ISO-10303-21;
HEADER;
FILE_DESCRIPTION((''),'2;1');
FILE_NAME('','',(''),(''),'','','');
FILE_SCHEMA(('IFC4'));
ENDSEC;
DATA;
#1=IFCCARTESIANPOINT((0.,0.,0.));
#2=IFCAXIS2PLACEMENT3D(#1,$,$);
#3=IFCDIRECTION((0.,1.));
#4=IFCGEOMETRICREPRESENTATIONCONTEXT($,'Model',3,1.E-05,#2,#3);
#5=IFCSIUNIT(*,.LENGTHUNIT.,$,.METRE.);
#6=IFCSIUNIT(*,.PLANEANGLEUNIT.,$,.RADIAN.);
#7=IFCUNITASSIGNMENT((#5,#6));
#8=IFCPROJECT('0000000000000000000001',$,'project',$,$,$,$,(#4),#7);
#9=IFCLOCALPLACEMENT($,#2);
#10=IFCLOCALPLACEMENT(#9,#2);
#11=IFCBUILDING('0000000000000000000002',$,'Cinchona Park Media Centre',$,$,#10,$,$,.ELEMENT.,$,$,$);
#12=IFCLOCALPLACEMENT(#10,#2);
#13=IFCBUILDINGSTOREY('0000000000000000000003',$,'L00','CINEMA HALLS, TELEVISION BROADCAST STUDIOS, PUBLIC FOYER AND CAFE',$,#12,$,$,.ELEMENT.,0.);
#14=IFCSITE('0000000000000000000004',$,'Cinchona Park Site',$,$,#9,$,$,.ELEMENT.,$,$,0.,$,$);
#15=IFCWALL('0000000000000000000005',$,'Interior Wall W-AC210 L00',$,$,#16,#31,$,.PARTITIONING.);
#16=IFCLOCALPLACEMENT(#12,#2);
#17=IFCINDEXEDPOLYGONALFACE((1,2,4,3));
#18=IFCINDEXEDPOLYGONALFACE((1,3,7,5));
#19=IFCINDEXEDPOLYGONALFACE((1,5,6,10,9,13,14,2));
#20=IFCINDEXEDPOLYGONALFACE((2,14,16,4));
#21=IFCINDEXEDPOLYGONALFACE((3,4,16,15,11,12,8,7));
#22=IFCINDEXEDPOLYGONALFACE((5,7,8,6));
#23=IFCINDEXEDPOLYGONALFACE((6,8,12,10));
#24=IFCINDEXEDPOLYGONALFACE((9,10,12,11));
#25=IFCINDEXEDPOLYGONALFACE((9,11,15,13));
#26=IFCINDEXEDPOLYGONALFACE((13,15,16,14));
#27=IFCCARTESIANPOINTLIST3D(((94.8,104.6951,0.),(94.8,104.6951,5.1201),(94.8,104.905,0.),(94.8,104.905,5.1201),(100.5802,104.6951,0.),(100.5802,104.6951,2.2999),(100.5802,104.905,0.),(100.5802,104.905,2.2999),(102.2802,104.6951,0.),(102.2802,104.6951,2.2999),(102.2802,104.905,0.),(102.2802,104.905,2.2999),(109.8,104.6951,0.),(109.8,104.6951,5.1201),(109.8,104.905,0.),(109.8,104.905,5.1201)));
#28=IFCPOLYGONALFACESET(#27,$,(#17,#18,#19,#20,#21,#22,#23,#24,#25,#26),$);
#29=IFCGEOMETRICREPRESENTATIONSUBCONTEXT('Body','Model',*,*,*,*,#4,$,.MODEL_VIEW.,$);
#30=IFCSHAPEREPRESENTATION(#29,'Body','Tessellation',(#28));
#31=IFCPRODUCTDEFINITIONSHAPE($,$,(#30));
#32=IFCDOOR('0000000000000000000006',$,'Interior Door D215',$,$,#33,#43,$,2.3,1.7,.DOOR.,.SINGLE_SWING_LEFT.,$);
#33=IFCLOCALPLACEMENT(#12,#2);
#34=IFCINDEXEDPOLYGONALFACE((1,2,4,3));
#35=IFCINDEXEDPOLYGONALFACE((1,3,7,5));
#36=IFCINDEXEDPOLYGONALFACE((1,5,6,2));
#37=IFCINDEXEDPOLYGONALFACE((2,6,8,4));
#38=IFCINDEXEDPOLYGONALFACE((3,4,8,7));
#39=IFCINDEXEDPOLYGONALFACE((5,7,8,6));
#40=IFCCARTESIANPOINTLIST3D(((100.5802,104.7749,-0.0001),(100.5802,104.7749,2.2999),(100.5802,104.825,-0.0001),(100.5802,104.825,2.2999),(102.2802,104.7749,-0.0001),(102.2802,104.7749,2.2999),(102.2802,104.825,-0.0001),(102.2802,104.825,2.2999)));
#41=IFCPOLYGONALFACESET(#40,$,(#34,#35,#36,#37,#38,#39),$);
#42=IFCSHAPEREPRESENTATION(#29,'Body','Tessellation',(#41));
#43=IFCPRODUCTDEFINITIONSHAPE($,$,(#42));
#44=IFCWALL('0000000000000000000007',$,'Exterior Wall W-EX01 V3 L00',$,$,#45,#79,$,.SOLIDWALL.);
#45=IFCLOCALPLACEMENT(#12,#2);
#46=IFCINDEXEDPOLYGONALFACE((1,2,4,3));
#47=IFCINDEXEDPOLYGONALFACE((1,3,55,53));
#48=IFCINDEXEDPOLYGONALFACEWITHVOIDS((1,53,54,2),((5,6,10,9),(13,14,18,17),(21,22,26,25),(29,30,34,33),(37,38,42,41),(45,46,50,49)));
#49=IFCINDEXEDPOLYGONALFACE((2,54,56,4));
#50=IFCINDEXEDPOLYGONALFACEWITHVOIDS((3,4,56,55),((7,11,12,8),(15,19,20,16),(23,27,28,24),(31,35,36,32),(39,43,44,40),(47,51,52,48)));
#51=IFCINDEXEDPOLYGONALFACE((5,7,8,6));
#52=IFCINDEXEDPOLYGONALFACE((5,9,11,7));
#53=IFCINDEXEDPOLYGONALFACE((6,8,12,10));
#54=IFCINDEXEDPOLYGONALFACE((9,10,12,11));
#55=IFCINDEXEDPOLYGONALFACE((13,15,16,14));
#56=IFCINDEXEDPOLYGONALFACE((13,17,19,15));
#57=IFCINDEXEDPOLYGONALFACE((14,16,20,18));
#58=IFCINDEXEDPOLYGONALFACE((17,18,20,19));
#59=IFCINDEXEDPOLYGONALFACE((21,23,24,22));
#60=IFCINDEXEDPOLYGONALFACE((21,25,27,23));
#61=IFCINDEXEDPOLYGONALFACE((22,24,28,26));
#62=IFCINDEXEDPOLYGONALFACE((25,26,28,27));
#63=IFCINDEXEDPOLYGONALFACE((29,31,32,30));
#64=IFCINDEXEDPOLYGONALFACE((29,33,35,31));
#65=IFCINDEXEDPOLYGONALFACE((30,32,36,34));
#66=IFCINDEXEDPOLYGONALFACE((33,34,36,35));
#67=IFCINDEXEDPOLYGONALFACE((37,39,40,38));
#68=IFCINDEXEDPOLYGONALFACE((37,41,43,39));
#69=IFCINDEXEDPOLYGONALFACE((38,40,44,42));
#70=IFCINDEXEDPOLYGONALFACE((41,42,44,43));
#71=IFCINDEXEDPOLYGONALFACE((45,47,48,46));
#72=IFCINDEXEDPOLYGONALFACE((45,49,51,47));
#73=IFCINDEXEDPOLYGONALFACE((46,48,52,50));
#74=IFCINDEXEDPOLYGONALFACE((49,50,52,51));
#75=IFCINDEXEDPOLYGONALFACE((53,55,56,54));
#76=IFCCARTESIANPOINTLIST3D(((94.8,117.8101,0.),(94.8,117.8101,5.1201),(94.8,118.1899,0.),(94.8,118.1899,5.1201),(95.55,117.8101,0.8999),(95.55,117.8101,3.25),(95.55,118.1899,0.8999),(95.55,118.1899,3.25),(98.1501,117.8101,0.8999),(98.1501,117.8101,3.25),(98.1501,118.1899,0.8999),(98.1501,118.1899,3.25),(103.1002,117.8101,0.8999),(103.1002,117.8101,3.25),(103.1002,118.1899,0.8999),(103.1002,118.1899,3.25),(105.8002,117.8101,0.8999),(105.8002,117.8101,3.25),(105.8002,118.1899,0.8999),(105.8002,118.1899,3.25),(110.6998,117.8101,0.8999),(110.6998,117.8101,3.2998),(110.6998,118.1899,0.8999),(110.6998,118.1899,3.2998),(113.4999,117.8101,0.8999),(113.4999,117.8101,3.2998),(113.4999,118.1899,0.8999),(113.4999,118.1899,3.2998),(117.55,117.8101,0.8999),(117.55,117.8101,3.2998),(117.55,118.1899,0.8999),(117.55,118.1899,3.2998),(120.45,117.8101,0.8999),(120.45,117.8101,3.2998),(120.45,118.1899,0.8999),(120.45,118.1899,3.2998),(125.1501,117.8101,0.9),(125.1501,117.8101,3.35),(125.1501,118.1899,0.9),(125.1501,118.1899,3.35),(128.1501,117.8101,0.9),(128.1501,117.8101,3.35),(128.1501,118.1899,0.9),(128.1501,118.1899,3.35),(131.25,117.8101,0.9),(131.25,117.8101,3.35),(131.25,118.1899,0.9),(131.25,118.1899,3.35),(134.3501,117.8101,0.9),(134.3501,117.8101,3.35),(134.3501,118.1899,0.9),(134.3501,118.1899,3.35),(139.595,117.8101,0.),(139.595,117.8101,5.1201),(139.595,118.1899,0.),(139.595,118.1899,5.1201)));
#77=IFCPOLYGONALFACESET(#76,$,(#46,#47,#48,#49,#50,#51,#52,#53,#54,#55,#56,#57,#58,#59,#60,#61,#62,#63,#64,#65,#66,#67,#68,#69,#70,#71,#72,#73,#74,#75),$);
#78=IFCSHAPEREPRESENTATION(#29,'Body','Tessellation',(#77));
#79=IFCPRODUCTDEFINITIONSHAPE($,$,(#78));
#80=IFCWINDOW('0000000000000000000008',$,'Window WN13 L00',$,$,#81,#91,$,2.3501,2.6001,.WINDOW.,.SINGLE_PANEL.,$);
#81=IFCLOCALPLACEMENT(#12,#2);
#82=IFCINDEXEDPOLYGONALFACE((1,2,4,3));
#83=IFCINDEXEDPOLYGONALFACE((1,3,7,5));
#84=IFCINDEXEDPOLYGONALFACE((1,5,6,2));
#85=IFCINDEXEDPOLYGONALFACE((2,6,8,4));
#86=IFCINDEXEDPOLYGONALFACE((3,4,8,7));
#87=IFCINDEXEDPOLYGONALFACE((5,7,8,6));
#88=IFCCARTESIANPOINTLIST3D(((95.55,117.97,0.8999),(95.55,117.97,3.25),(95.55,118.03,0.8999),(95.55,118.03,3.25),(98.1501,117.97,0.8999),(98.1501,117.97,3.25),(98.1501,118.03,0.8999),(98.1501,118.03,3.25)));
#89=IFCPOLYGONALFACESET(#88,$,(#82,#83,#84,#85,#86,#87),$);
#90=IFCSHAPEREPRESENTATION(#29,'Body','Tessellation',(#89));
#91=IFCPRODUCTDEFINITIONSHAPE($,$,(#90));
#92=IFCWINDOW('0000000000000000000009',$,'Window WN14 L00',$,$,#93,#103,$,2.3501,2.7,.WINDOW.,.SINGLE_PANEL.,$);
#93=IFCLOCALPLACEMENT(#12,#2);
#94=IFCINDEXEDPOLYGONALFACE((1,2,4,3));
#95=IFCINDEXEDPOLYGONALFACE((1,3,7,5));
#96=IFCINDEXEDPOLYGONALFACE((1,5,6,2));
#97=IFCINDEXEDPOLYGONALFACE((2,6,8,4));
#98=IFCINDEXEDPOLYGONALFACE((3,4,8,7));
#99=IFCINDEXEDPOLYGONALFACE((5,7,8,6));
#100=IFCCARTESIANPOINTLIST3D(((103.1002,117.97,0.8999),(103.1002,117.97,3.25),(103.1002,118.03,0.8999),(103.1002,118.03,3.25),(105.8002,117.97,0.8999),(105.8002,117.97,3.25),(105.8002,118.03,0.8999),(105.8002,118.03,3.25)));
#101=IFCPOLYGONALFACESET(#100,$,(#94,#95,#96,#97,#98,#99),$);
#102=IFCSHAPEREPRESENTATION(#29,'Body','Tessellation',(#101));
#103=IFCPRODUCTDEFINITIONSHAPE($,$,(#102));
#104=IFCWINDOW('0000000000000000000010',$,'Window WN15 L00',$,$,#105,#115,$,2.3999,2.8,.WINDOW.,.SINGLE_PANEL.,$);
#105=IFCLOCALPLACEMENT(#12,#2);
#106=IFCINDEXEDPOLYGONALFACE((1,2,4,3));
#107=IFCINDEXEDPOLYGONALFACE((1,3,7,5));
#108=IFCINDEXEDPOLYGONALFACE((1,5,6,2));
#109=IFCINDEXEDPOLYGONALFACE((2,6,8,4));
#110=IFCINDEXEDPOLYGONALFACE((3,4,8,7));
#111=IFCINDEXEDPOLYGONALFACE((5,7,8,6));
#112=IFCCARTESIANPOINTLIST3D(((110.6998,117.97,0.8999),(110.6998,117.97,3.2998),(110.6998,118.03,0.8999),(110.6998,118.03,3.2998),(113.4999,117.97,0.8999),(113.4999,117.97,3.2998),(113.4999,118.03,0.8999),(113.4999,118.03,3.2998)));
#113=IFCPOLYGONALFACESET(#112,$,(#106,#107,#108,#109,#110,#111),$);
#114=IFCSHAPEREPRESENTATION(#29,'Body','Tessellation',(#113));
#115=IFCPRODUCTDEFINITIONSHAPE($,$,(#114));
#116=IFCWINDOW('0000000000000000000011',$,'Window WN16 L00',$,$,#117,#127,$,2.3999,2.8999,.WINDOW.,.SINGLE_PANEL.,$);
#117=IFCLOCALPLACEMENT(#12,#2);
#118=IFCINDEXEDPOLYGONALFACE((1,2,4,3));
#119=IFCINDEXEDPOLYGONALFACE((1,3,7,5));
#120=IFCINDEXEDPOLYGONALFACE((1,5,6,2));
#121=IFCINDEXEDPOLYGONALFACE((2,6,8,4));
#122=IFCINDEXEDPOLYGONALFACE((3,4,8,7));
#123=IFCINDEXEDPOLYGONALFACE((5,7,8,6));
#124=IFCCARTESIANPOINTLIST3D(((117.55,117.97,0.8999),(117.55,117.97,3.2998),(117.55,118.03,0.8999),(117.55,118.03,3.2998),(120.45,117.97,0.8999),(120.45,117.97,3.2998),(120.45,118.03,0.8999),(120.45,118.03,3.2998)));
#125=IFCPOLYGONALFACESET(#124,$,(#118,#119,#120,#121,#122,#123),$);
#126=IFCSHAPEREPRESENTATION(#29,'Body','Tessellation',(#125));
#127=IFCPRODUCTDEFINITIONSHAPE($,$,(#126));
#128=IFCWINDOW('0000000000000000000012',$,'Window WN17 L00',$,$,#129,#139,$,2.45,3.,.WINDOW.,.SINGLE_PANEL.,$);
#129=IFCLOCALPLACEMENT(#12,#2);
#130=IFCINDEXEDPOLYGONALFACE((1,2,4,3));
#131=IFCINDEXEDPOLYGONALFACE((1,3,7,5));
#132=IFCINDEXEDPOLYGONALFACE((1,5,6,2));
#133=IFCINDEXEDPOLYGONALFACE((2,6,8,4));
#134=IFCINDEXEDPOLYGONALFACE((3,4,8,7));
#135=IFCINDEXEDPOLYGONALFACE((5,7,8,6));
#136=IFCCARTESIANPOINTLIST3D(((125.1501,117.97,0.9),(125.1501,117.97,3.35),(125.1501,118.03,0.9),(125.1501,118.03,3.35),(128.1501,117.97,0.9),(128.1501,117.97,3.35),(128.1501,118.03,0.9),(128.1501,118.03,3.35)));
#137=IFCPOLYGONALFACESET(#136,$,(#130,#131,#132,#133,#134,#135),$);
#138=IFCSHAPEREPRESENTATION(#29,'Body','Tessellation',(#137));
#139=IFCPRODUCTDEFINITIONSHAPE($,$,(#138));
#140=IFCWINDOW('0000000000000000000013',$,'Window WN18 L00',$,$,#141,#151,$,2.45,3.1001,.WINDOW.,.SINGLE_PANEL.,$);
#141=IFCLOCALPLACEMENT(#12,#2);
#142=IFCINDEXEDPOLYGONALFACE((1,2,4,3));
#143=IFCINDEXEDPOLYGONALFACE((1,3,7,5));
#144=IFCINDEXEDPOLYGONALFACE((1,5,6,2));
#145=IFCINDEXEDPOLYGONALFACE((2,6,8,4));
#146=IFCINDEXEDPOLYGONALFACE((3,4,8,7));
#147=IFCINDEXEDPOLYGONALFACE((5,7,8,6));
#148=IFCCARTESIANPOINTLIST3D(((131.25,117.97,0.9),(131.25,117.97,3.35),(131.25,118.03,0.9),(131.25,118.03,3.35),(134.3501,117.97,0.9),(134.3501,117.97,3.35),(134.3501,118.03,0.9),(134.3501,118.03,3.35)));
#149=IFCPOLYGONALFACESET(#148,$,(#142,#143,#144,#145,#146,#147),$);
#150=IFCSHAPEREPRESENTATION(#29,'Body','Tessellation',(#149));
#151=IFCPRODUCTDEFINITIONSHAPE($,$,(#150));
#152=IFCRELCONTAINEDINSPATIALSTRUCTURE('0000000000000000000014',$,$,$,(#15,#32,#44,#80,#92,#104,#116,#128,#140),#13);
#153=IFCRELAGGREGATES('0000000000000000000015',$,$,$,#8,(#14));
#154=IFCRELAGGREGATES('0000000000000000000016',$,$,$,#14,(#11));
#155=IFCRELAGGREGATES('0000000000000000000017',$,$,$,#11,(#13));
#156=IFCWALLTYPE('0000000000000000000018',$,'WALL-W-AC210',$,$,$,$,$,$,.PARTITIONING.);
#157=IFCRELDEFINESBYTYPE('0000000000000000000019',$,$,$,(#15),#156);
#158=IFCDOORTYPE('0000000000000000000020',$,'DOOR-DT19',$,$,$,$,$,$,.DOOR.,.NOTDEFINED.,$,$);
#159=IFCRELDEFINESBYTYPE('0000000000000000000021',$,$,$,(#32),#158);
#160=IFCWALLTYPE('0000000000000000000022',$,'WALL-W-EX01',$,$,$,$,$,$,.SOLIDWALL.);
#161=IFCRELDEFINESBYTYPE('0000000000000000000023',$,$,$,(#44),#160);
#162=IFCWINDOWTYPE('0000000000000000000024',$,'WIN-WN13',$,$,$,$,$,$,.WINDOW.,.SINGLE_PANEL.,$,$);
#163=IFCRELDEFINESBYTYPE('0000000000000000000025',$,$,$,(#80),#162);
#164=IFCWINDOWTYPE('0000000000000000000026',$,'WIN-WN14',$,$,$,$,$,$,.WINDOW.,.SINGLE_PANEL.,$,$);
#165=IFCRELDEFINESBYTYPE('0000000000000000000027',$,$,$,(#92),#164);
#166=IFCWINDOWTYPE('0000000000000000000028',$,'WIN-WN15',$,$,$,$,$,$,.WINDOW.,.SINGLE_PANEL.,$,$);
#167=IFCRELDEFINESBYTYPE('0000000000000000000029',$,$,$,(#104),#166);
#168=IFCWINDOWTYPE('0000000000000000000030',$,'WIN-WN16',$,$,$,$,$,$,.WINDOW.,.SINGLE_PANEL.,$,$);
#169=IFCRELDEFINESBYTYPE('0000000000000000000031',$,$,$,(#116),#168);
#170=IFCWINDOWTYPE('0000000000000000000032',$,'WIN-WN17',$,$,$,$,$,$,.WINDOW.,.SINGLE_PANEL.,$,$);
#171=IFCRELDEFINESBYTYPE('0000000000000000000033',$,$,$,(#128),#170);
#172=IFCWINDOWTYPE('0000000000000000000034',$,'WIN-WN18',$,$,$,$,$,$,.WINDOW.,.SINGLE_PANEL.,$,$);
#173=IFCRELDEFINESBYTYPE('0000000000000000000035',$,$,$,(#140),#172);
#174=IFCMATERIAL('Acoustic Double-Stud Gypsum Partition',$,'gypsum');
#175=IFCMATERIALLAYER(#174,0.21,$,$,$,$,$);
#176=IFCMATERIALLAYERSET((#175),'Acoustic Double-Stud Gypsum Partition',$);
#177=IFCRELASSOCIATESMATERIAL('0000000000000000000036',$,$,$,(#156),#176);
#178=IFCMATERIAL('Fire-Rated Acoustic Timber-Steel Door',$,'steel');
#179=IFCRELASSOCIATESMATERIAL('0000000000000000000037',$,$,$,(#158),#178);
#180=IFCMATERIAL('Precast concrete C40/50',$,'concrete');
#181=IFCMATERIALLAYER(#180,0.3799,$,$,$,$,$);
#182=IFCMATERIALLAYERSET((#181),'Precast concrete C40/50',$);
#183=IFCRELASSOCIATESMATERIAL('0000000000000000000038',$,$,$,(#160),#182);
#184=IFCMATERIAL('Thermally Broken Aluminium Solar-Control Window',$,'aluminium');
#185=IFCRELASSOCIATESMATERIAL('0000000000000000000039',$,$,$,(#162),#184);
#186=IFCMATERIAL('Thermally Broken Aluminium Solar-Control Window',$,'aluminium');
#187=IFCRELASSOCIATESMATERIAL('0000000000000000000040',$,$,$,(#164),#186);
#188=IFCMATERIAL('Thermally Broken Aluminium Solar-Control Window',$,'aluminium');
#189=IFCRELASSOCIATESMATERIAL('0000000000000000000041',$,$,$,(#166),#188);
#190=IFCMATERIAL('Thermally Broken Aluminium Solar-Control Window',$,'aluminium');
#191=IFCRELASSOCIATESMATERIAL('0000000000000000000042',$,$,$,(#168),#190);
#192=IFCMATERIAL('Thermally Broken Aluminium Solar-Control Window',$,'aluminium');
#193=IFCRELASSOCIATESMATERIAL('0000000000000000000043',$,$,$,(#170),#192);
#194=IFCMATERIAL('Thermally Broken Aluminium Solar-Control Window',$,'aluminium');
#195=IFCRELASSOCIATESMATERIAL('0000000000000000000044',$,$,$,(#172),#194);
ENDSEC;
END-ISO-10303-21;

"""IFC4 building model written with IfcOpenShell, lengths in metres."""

from ifc_helpers import new_model, si_unit, direction, frame, frame_2d, origin, place, context, subcontext, project, spatial, rectangle, extrude, material, layer, layer_set, type_object, element, fill, save


model = new_model("IFC4")

# Units and contexts
model_context = context("Model", 3, precision=1e-05, world=origin(), true_north=direction((0.0, 1.0)))
body_context = subcontext(model_context, "Body", "Model", "MODEL_VIEW")
ifc_project = project(units=[si_unit("LENGTHUNIT", "METRE"), si_unit("PLANEANGLEUNIT", "RADIAN")], contexts=[model_context])

# Site, building, storey
site_placement = place(None, origin())
site = spatial("IfcSite", under=ifc_project, at=site_placement, Name="Cinchona Park Site", CompositionType="ELEMENT", RefElevation=0.0)
building_placement = place(site_placement, origin())
building = spatial("IfcBuilding", under=site, at=building_placement, Name="Cinchona Park Media Centre", CompositionType="ELEMENT")
storey_placement = place(building_placement, origin())
storey = spatial("IfcBuildingStorey", under=building, at=storey_placement, Name="L00", Description="CINEMA HALLS, TELEVISION BROADCAST STUDIOS, PUBLIC FOYER AND CAFE", CompositionType="ELEMENT", Elevation=0.0)

# Wall, opening, door
ifc_material_1 = material(Name="Acoustic Double-Stud Gypsum Partition", Category="gypsum")
ifc_layer_1 = layer(ifc_material_1, 0.21)
ifc_layer_set_1 = layer_set([ifc_layer_1], Name="Acoustic Double-Stud Gypsum Partition")
wall_type_1 = type_object("IfcWallType", Name="WALL-W-AC210", PredefinedType="PARTITIONING", material=ifc_layer_set_1)
wall_1_placement = place(storey_placement, frame((94.8, 104.8, 0.0), z_axis=(0.0, 0.0, 1.0), x_axis=(1.0, 0.0, 0.0)))
wall_1 = element("IfcWall", 1, at=wall_1_placement, inside=storey, type_object=wall_type_1, Name="Interior Wall W-AC210 L00", PredefinedType="PARTITIONING", context=body_context, shape_type="SweptSolid", body=[
    extrude(rectangle(XDim=15.0, YDim=0.21, at=frame_2d((7.5, 0.0))), origin(), (0.0, 0.0, 1.0), 5.1201),
])
opening_1_placement = place(wall_1_placement, frame((5.78, 0.0, 0.0)))
opening_1 = element("IfcOpeningElement", 2, at=opening_1_placement, cuts=wall_1, PredefinedType="OPENING", context=body_context, shape_type="SweptSolid", body=[
    extrude(rectangle(XDim=1.7, YDim=2.3, at=frame_2d((0.8501, 1.1499))), frame((0.0, 0.115, 0.0), z_axis=(0.0, -1.0, 0.0), x_axis=(1.0, 0.0, 0.0)), (0.0, 0.0, 1.0), 0.23),
])
ifc_material_2 = material(Name="Fire-Rated Acoustic Timber-Steel Door", Category="steel")
door_type = type_object("IfcDoorType", Name="DOOR-DT19", OperationType="NOTDEFINED", PredefinedType="DOOR", material=ifc_material_2)
door_placement = place(opening_1_placement, origin())
door = element("IfcDoor", 3, at=door_placement, inside=storey, type_object=door_type, Name="Interior Door D215", OperationType="SINGLE_SWING_LEFT", OverallHeight=2.3, OverallWidth=1.7, PredefinedType="DOOR", context=body_context, shape_type="SweptSolid", body=[
    extrude(rectangle(XDim=1.7, YDim=2.3, at=frame_2d((0.8501, 1.1499))), frame((0.0, 0.0249, 0.0), z_axis=(0.0, -1.0, 0.0), x_axis=(1.0, 0.0, 0.0)), (0.0, 0.0, 1.0), 0.05),
])
fill(opening_1, door)

# Wall, openings, windows
ifc_material_3 = material(Name="Precast concrete C40/50", Category="concrete")
ifc_layer_2 = layer(ifc_material_3, 0.3799)
ifc_layer_set_2 = layer_set([ifc_layer_2], Name="Precast concrete C40/50")
wall_type_2 = type_object("IfcWallType", Name="WALL-W-EX01", PredefinedType="SOLIDWALL", material=ifc_layer_set_2)
wall_2_placement = place(storey_placement, frame((94.8, 118.0, 0.0), z_axis=(0.0, 0.0, 1.0), x_axis=(1.0, 0.0, 0.0)))
wall_2 = element("IfcWall", 4, at=wall_2_placement, inside=storey, type_object=wall_type_2, Name="Exterior Wall W-EX01 V3 L00", PredefinedType="SOLIDWALL", context=body_context, shape_type="SweptSolid", body=[
    extrude(rectangle(XDim=44.7949, YDim=0.3799, at=frame_2d((22.3975, 0.0))), origin(), (0.0, 0.0, 1.0), 5.1201),
])
opening_2_placement = place(wall_2_placement, frame((0.75, 0.0, 0.8999)))
opening_2 = element("IfcOpeningElement", 5, at=opening_2_placement, cuts=wall_2, PredefinedType="OPENING", context=body_context, shape_type="SweptSolid", body=[
    extrude(rectangle(XDim=2.6001, YDim=2.3501, at=frame_2d((1.3, 1.175))), frame((0.0, 0.2, 0.0), z_axis=(0.0, -1.0, 0.0), x_axis=(1.0, 0.0, 0.0)), (0.0, 0.0, 1.0), 0.3999),
])
opening_3_placement = place(wall_2_placement, frame((8.3, 0.0, 0.8999)))
opening_3 = element("IfcOpeningElement", 6, at=opening_3_placement, cuts=wall_2, PredefinedType="OPENING", context=body_context, shape_type="SweptSolid", body=[
    extrude(rectangle(XDim=2.7, YDim=2.3501, at=frame_2d((1.3501, 1.175))), frame((0.0, 0.2, 0.0), z_axis=(0.0, -1.0, 0.0), x_axis=(1.0, 0.0, 0.0)), (0.0, 0.0, 1.0), 0.3999),
])
opening_4_placement = place(wall_2_placement, frame((15.8999, 0.0, 0.8999)))
opening_4 = element("IfcOpeningElement", 7, at=opening_4_placement, cuts=wall_2, PredefinedType="OPENING", context=body_context, shape_type="SweptSolid", body=[
    extrude(rectangle(XDim=2.8, YDim=2.3999, at=frame_2d((1.3999, 1.2))), frame((0.0, 0.2, 0.0), z_axis=(0.0, -1.0, 0.0), x_axis=(1.0, 0.0, 0.0)), (0.0, 0.0, 1.0), 0.3999),
])
opening_5_placement = place(wall_2_placement, frame((22.75, 0.0, 0.8999)))
opening_5 = element("IfcOpeningElement", 8, at=opening_5_placement, cuts=wall_2, PredefinedType="OPENING", context=body_context, shape_type="SweptSolid", body=[
    extrude(rectangle(XDim=2.8999, YDim=2.3999, at=frame_2d((1.45, 1.2))), frame((0.0, 0.2, 0.0), z_axis=(0.0, -1.0, 0.0), x_axis=(1.0, 0.0, 0.0)), (0.0, 0.0, 1.0), 0.3999),
])
opening_6_placement = place(wall_2_placement, frame((30.3501, 0.0, 0.8999)))
opening_6 = element("IfcOpeningElement", 9, at=opening_6_placement, cuts=wall_2, PredefinedType="OPENING", context=body_context, shape_type="SweptSolid", body=[
    extrude(rectangle(XDim=3.0, YDim=2.45, at=frame_2d((1.5, 1.2251))), frame((0.0, 0.2, 0.0), z_axis=(0.0, -1.0, 0.0), x_axis=(1.0, 0.0, 0.0)), (0.0, 0.0, 1.0), 0.3999),
])
opening_7_placement = place(wall_2_placement, frame((36.45, 0.0, 0.8999)))
opening_7 = element("IfcOpeningElement", 10, at=opening_7_placement, cuts=wall_2, PredefinedType="OPENING", context=body_context, shape_type="SweptSolid", body=[
    extrude(rectangle(XDim=3.1001, YDim=2.45, at=frame_2d((1.55, 1.2251))), frame((0.0, 0.2, 0.0), z_axis=(0.0, -1.0, 0.0), x_axis=(1.0, 0.0, 0.0)), (0.0, 0.0, 1.0), 0.3999),
])
ifc_material_4 = material(Name="Thermally Broken Aluminium Solar-Control Window", Category="aluminium")
window_type_1 = type_object("IfcWindowType", Name="WIN-WN13", PartitioningType="SINGLE_PANEL", PredefinedType="WINDOW", material=ifc_material_4)
window_1_placement = place(opening_2_placement, origin())
window_1 = element("IfcWindow", 11, at=window_1_placement, inside=storey, type_object=window_type_1, Name="Window WN13 L00", OverallHeight=2.3501, OverallWidth=2.6001, PartitioningType="SINGLE_PANEL", PredefinedType="WINDOW", context=body_context, shape_type="SweptSolid", body=[
    extrude(rectangle(XDim=2.6001, YDim=2.3501, at=frame_2d((1.3, 1.175))), frame((0.0, 0.03, 0.0), z_axis=(0.0, -1.0, 0.0), x_axis=(1.0, 0.0, 0.0)), (0.0, 0.0, 1.0), 0.0601),
])
fill(opening_2, window_1)
ifc_material_5 = material(Name="Thermally Broken Aluminium Solar-Control Window", Category="aluminium")
window_type_2 = type_object("IfcWindowType", Name="WIN-WN14", PartitioningType="SINGLE_PANEL", PredefinedType="WINDOW", material=ifc_material_5)
window_2_placement = place(opening_3_placement, origin())
window_2 = element("IfcWindow", 12, at=window_2_placement, inside=storey, type_object=window_type_2, Name="Window WN14 L00", OverallHeight=2.3501, OverallWidth=2.7, PartitioningType="SINGLE_PANEL", PredefinedType="WINDOW", context=body_context, shape_type="SweptSolid", body=[
    extrude(rectangle(XDim=2.7, YDim=2.3501, at=frame_2d((1.3501, 1.175))), frame((0.0, 0.03, 0.0), z_axis=(0.0, -1.0, 0.0), x_axis=(1.0, 0.0, 0.0)), (0.0, 0.0, 1.0), 0.0601),
])
fill(opening_3, window_2)
ifc_material_6 = material(Name="Thermally Broken Aluminium Solar-Control Window", Category="aluminium")
window_type_3 = type_object("IfcWindowType", Name="WIN-WN15", PartitioningType="SINGLE_PANEL", PredefinedType="WINDOW", material=ifc_material_6)
window_3_placement = place(opening_4_placement, origin())
window_3 = element("IfcWindow", 13, at=window_3_placement, inside=storey, type_object=window_type_3, Name="Window WN15 L00", OverallHeight=2.3999, OverallWidth=2.8, PartitioningType="SINGLE_PANEL", PredefinedType="WINDOW", context=body_context, shape_type="SweptSolid", body=[
    extrude(rectangle(XDim=2.8, YDim=2.3999, at=frame_2d((1.3999, 1.2))), frame((0.0, 0.03, 0.0), z_axis=(0.0, -1.0, 0.0), x_axis=(1.0, 0.0, 0.0)), (0.0, 0.0, 1.0), 0.0601),
])
fill(opening_4, window_3)
ifc_material_7 = material(Name="Thermally Broken Aluminium Solar-Control Window", Category="aluminium")
window_type_4 = type_object("IfcWindowType", Name="WIN-WN16", PartitioningType="SINGLE_PANEL", PredefinedType="WINDOW", material=ifc_material_7)
window_4_placement = place(opening_5_placement, origin())
window_4 = element("IfcWindow", 14, at=window_4_placement, inside=storey, type_object=window_type_4, Name="Window WN16 L00", OverallHeight=2.3999, OverallWidth=2.8999, PartitioningType="SINGLE_PANEL", PredefinedType="WINDOW", context=body_context, shape_type="SweptSolid", body=[
    extrude(rectangle(XDim=2.8999, YDim=2.3999, at=frame_2d((1.45, 1.2))), frame((0.0, 0.03, 0.0), z_axis=(0.0, -1.0, 0.0), x_axis=(1.0, 0.0, 0.0)), (0.0, 0.0, 1.0), 0.0601),
])
fill(opening_5, window_4)
ifc_material_8 = material(Name="Thermally Broken Aluminium Solar-Control Window", Category="aluminium")
window_type_5 = type_object("IfcWindowType", Name="WIN-WN17", PartitioningType="SINGLE_PANEL", PredefinedType="WINDOW", material=ifc_material_8)
window_5_placement = place(opening_6_placement, origin())
window_5 = element("IfcWindow", 15, at=window_5_placement, inside=storey, type_object=window_type_5, Name="Window WN17 L00", OverallHeight=2.45, OverallWidth=3.0, PartitioningType="SINGLE_PANEL", PredefinedType="WINDOW", context=body_context, shape_type="SweptSolid", body=[
    extrude(rectangle(XDim=3.0, YDim=2.45, at=frame_2d((1.5, 1.2251))), frame((0.0, 0.03, 0.0), z_axis=(0.0, -1.0, 0.0), x_axis=(1.0, 0.0, 0.0)), (0.0, 0.0, 1.0), 0.0601),
])
fill(opening_6, window_5)
ifc_material_9 = material(Name="Thermally Broken Aluminium Solar-Control Window", Category="aluminium")
window_type_6 = type_object("IfcWindowType", Name="WIN-WN18", PartitioningType="SINGLE_PANEL", PredefinedType="WINDOW", material=ifc_material_9)
window_6_placement = place(opening_7_placement, origin())
window_6 = element("IfcWindow", 16, at=window_6_placement, inside=storey, type_object=window_type_6, Name="Window WN18 L00", OverallHeight=2.45, OverallWidth=3.1001, PartitioningType="SINGLE_PANEL", PredefinedType="WINDOW", context=body_context, shape_type="SweptSolid", body=[
    extrude(rectangle(XDim=3.1001, YDim=2.45, at=frame_2d((1.55, 1.2251))), frame((0.0, 0.03, 0.0), z_axis=(0.0, -1.0, 0.0), x_axis=(1.0, 0.0, 0.0)), (0.0, 0.0, 1.0), 0.0601),
])
fill(opening_7, window_6)

save(model, "model.ifc")
